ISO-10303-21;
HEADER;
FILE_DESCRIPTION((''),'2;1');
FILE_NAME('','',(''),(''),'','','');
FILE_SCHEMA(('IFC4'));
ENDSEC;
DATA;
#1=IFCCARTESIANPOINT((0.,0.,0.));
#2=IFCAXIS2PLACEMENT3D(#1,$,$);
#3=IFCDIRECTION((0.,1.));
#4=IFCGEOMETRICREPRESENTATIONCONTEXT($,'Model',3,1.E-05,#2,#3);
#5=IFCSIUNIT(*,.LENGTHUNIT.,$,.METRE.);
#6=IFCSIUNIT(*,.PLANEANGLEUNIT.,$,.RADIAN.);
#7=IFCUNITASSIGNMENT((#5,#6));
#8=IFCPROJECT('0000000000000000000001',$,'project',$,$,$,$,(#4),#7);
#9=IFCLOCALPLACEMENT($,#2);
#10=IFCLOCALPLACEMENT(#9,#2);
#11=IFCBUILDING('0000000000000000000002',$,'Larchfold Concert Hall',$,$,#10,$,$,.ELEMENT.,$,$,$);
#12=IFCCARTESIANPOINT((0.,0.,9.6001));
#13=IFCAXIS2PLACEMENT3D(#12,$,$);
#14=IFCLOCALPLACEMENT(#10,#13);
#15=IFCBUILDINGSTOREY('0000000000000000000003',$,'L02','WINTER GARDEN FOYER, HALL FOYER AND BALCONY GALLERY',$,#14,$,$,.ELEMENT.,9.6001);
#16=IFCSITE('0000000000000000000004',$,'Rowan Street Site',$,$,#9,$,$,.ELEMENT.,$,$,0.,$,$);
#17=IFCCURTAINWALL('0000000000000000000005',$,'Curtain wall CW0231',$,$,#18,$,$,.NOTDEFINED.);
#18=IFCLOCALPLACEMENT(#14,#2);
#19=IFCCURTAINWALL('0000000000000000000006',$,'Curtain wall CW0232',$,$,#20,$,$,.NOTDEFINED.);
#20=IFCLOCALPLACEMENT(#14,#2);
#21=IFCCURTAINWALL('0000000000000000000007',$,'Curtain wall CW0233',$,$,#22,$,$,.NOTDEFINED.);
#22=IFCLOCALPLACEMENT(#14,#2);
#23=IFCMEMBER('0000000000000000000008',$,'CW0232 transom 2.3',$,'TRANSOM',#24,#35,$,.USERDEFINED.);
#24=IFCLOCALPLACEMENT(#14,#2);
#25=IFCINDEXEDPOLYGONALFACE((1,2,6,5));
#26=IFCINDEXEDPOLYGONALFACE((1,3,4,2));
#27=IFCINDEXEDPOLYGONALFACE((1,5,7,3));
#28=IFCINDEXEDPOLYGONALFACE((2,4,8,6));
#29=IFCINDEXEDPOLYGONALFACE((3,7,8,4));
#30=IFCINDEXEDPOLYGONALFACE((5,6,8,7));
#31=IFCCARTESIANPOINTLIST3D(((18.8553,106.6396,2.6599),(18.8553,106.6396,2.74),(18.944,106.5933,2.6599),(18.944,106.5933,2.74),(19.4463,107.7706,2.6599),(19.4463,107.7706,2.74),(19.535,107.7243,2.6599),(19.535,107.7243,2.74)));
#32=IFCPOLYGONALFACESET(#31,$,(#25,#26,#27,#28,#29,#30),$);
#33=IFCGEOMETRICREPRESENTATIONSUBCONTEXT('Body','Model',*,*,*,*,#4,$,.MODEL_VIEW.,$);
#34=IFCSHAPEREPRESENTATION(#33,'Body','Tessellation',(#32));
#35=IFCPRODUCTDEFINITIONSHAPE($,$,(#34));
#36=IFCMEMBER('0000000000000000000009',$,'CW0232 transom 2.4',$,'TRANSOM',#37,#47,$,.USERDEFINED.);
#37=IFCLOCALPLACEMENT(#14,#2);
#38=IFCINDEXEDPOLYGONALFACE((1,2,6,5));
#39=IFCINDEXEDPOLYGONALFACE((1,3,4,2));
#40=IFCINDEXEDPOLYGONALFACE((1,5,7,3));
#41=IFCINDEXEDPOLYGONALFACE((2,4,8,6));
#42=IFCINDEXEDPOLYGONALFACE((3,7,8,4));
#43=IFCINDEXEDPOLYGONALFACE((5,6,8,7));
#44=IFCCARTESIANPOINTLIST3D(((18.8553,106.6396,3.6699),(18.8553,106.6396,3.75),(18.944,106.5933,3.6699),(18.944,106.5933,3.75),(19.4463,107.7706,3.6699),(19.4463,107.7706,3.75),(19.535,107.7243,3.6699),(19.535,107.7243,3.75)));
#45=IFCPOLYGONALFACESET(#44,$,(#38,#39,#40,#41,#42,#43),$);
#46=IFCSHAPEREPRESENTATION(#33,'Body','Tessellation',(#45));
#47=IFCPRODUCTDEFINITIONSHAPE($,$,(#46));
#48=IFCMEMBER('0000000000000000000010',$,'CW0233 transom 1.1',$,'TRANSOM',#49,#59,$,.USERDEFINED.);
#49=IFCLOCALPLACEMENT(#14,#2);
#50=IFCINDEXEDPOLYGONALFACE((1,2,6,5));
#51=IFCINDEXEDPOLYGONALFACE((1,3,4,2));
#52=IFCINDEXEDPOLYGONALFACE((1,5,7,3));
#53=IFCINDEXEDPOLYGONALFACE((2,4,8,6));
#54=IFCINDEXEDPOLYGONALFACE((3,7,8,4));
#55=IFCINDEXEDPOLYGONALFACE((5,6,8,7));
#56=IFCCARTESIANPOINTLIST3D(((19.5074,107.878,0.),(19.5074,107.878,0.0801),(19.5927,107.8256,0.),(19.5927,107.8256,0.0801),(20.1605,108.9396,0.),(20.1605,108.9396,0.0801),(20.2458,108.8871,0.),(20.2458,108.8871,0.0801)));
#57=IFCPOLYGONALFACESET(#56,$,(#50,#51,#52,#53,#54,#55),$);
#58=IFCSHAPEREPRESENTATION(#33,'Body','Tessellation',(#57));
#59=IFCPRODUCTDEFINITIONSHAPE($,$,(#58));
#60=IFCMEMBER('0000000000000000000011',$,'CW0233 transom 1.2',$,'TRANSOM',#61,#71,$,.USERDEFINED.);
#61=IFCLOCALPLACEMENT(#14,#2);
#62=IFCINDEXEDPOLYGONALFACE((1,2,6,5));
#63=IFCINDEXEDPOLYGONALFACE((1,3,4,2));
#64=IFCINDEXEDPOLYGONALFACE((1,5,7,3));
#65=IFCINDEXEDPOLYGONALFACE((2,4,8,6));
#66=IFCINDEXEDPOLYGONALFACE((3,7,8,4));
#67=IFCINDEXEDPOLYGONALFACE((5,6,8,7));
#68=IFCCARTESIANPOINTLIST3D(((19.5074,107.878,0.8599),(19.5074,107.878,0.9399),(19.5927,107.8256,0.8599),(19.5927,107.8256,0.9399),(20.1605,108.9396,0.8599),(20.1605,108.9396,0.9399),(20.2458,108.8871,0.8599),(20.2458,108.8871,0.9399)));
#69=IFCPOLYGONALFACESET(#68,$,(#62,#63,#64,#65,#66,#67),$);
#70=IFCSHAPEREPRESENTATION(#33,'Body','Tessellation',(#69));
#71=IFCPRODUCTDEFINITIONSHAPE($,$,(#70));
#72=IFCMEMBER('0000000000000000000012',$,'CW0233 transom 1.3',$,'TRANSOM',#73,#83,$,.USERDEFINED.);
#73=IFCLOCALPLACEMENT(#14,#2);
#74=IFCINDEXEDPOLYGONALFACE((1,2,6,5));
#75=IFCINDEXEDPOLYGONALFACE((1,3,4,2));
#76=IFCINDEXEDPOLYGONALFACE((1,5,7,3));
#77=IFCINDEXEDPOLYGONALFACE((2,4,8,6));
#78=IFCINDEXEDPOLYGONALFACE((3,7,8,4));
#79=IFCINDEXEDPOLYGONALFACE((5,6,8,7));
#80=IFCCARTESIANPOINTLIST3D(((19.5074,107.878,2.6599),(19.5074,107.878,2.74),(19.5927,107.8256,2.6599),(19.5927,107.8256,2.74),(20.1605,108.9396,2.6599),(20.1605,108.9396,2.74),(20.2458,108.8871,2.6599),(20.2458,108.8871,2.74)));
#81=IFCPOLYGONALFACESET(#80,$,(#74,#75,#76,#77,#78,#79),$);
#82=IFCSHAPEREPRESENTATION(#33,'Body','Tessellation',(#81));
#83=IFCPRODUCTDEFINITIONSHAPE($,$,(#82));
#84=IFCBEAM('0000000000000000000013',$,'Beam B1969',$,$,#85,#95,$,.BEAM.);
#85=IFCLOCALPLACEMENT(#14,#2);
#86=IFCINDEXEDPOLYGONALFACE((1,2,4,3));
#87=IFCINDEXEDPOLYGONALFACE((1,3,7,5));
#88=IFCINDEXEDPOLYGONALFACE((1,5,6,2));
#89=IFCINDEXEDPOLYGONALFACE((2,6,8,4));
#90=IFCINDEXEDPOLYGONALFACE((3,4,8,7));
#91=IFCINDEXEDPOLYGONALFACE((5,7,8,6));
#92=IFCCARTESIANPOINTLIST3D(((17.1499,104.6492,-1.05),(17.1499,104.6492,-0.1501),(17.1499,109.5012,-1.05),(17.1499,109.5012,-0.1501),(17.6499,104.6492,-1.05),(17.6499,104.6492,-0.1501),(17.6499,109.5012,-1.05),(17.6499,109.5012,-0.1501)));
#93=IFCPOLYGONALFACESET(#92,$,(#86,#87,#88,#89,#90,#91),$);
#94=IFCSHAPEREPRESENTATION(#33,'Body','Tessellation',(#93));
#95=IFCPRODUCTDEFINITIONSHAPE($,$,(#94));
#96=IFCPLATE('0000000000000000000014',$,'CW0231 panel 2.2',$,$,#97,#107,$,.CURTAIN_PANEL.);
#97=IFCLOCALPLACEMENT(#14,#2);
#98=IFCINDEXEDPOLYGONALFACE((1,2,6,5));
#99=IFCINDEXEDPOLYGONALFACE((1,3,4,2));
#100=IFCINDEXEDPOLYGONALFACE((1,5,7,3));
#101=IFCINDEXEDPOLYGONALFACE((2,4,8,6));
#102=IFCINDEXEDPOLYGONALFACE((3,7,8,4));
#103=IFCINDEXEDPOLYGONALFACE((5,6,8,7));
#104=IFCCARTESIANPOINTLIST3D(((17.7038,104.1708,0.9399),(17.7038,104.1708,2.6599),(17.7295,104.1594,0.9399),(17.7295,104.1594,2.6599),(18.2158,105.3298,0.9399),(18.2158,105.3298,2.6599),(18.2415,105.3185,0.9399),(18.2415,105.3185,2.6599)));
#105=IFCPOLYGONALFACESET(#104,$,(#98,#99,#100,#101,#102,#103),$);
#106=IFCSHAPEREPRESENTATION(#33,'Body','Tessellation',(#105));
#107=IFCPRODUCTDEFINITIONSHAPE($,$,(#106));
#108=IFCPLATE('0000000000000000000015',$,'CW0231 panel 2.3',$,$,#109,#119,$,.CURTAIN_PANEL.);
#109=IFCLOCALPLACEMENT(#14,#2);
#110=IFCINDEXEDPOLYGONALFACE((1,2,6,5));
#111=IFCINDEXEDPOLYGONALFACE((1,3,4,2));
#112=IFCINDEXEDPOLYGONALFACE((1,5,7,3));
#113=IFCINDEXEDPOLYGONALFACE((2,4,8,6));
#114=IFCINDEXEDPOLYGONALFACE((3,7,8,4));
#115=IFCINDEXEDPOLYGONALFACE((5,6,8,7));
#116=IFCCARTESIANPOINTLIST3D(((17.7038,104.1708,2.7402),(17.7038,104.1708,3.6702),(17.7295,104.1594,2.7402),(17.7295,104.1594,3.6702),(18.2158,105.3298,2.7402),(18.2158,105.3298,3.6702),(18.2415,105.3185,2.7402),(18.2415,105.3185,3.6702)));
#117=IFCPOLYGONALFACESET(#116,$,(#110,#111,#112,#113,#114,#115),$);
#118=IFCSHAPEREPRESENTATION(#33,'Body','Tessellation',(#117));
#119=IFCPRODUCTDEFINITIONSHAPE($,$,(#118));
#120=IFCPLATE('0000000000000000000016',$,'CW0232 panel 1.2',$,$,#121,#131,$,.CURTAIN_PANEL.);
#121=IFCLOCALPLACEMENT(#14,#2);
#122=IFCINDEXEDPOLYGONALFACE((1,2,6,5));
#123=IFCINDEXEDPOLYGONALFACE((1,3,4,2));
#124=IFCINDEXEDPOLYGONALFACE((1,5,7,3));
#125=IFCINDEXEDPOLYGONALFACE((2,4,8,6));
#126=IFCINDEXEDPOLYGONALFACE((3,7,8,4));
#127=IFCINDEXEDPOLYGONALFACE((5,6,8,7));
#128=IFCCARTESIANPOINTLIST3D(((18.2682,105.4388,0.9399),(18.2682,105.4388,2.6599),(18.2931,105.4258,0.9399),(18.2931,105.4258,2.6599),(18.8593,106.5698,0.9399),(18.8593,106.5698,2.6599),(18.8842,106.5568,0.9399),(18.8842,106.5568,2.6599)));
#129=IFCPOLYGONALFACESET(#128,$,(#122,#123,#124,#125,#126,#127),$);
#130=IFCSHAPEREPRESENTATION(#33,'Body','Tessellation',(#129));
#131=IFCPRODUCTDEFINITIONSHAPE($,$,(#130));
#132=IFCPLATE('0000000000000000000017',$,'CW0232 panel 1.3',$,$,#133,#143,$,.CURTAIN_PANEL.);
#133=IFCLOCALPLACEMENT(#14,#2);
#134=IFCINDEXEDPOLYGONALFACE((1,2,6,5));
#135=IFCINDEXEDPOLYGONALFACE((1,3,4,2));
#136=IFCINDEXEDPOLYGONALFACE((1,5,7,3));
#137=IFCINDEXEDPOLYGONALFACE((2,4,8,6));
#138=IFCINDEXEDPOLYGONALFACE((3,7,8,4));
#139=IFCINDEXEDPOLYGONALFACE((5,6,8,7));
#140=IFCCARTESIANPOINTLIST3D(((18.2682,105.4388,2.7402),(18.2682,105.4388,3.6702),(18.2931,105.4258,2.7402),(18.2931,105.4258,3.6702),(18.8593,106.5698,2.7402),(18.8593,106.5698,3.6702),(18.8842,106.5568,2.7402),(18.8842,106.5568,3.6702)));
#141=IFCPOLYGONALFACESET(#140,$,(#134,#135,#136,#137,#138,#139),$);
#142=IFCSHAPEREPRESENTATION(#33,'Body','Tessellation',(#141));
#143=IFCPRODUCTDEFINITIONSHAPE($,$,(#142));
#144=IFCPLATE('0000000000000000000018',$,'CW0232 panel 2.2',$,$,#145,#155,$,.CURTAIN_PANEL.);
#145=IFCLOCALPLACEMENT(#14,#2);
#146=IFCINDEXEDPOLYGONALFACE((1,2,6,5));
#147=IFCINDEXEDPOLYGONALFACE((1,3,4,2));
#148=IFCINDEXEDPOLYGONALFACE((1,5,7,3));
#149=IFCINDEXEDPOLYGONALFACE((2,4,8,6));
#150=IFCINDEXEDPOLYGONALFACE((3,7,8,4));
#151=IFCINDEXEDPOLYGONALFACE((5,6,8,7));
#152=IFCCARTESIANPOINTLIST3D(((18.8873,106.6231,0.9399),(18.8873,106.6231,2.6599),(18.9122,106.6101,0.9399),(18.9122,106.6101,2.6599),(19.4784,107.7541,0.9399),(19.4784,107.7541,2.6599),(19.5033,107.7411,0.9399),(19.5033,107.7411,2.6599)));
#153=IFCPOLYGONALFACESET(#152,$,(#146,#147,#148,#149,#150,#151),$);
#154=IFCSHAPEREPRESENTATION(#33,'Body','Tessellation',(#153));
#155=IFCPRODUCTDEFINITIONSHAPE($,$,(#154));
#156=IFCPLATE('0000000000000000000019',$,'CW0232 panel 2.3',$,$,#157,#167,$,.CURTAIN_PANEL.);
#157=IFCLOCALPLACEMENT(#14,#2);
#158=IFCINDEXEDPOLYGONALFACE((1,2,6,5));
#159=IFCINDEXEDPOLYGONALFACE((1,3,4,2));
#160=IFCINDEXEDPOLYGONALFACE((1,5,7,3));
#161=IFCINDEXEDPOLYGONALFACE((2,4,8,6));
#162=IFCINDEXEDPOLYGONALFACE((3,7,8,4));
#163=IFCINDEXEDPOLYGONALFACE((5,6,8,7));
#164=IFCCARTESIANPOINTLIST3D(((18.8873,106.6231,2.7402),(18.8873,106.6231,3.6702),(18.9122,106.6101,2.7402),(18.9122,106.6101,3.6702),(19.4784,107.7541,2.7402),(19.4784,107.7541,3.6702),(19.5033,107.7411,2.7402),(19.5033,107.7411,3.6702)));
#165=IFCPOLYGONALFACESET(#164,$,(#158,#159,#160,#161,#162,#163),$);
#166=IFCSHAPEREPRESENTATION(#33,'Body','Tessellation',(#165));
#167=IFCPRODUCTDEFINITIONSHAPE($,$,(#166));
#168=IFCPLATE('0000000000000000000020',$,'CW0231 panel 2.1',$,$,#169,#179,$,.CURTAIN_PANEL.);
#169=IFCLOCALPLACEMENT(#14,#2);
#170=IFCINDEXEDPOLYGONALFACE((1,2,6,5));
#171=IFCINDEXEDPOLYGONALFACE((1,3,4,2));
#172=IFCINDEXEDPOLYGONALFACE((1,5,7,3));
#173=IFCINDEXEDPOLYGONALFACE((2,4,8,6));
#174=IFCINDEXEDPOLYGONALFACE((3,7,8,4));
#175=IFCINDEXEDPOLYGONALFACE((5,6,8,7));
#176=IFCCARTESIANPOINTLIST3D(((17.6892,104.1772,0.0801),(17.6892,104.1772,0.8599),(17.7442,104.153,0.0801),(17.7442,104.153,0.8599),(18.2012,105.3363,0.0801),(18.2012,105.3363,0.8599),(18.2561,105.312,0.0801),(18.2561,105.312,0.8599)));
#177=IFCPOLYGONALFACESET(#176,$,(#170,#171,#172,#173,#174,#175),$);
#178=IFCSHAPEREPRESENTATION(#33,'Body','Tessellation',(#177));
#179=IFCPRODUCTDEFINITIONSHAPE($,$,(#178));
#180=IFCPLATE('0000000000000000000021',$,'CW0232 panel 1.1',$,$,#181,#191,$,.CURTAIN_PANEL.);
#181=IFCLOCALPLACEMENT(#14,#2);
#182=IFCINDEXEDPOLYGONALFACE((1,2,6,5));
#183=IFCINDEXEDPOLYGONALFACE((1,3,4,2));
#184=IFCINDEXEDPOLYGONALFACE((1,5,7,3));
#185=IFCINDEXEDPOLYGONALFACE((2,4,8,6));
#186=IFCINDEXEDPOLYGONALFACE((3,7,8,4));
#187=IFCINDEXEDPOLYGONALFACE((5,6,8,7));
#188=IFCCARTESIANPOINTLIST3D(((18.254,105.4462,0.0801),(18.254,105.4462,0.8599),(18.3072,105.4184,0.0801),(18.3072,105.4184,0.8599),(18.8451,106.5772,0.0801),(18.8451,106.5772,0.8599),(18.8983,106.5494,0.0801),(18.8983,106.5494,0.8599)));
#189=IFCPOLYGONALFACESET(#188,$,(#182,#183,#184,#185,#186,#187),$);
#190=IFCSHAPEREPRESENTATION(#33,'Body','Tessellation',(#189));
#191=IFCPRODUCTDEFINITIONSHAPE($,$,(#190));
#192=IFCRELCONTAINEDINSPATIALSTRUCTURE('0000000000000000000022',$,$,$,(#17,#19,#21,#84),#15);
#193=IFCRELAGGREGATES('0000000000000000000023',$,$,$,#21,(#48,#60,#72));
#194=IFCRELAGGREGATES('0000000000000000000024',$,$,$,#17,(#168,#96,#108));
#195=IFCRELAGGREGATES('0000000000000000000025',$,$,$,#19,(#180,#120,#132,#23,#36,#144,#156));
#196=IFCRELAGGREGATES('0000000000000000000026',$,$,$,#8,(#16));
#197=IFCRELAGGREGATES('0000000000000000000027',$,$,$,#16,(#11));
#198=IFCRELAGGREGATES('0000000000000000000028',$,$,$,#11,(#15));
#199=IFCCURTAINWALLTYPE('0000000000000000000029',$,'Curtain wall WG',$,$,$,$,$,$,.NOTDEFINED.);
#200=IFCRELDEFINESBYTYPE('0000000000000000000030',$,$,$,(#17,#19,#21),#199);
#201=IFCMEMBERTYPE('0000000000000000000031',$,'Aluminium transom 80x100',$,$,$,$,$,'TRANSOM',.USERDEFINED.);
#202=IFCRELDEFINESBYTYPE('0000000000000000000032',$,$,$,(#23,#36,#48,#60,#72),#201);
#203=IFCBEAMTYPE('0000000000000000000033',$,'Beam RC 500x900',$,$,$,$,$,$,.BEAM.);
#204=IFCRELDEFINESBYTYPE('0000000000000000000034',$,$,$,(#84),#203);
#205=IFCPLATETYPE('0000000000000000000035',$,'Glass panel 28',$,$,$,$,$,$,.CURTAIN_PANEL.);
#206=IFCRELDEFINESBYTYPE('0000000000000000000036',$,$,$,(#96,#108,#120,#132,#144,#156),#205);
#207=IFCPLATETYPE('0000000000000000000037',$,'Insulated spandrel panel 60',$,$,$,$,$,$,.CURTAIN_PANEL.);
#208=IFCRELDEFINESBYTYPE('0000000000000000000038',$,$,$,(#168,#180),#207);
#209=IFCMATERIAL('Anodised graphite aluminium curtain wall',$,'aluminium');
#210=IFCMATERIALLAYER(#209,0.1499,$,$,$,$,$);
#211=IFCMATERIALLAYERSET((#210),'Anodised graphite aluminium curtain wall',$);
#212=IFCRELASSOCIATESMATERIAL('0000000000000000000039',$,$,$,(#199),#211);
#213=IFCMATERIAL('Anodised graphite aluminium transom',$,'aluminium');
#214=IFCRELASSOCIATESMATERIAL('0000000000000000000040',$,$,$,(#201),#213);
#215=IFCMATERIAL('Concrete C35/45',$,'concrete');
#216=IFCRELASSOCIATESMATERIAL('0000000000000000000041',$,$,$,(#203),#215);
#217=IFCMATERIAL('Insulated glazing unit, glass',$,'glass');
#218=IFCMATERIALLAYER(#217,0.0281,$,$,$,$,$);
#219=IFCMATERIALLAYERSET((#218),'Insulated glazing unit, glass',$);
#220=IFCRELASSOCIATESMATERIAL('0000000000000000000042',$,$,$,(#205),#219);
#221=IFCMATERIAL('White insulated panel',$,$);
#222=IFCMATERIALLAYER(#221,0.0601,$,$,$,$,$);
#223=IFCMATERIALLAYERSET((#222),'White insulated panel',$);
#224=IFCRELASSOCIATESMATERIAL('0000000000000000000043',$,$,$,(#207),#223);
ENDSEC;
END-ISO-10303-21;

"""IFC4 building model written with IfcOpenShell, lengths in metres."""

from ifc_helpers import new_model, si_unit, direction, frame, origin, origin_2d, place, context, subcontext, project, spatial, rectangle, extrude, material, layer, layer_set, material_profile, profile_set, type_object, element, aggregate, save


model = new_model("IFC4")

# Units and contexts
model_context = context("Model", 3, precision=1e-05, world=origin(), true_north=direction((0.0, 1.0)))
body_context = subcontext(model_context, "Body", "Model", "MODEL_VIEW")
ifc_project = project(units=[si_unit("LENGTHUNIT", "METRE"), si_unit("PLANEANGLEUNIT", "RADIAN")], contexts=[model_context])

# Site, building, storey
site_placement = place(None, origin())
site = spatial("IfcSite", under=ifc_project, at=site_placement, Name="Rowan Street Site", CompositionType="ELEMENT", RefElevation=0.0)
building_placement = place(site_placement, origin())
building = spatial("IfcBuilding", under=site, at=building_placement, Name="Larchfold Concert Hall", CompositionType="ELEMENT")
storey_placement = place(building_placement, frame((0.0, 0.0, 9.6001)))
storey = spatial("IfcBuildingStorey", under=building, at=storey_placement, Name="L02", Description="WINTER GARDEN FOYER, HALL FOYER AND BALCONY GALLERY", CompositionType="ELEMENT", Elevation=9.6001)

# Curtain wall
ifc_material_1 = material(Name="Anodised graphite aluminium curtain wall", Category="aluminium")
ifc_layer_1 = layer(ifc_material_1, 0.1499)
ifc_layer_set_1 = layer_set([ifc_layer_1], Name="Anodised graphite aluminium curtain wall")
curtain_wall_type = type_object("IfcCurtainWallType", Name="Curtain wall WG", PredefinedType="NOTDEFINED", material=ifc_layer_set_1)
curtain_wall_1_placement = place(storey_placement, origin())
curtain_wall_1 = element("IfcCurtainWall", 1, at=curtain_wall_1_placement, inside=storey, type_object=curtain_wall_type, Name="Curtain wall CW0231", PredefinedType="NOTDEFINED")

# Curtain wall
curtain_wall_2_placement = place(storey_placement, origin())
curtain_wall_2 = element("IfcCurtainWall", 2, at=curtain_wall_2_placement, inside=storey, type_object=curtain_wall_type, Name="Curtain wall CW0232", PredefinedType="NOTDEFINED")

# Curtain wall
curtain_wall_3_placement = place(storey_placement, origin())
curtain_wall_3 = element("IfcCurtainWall", 3, at=curtain_wall_3_placement, inside=storey, type_object=curtain_wall_type, Name="Curtain wall CW0233", PredefinedType="NOTDEFINED")

# Members
ifc_material_2 = material(Name="Anodised graphite aluminium transom", Category="aluminium")
ifc_material_profile_1 = material_profile(ifc_material_2, rectangle(XDim=0.1001, YDim=0.0801, at=origin_2d()))
ifc_profile_set_1 = profile_set([ifc_material_profile_1], Name="Anodised graphite aluminium transom")
member_type_1 = type_object("IfcMemberType", Name="Aluminium transom 80x100", ElementType="TRANSOM", PredefinedType="USERDEFINED", material=ifc_profile_set_1)
member_1_placement = place(storey_placement, frame((18.8997, 106.6165, 2.7), z_axis=(0.463135, 0.886288, 0.0), x_axis=(-0.886288, 0.463135, 0.0)))
member_1 = element("IfcMember", 4, at=member_1_placement, type_object=member_type_1, Name="CW0232 transom 2.3", ObjectType="TRANSOM", PredefinedType="USERDEFINED", context=body_context, shape_type="SweptSolid", body=[
    extrude(rectangle(XDim=0.1001, YDim=0.0801, at=origin_2d()), origin(), (0.0, 0.0, 1.0), 1.2761),
])
member_2_placement = place(storey_placement, frame((18.8997, 106.6165, 3.71), z_axis=(0.463135, 0.886288, 0.0), x_axis=(-0.886288, 0.463135, 0.0)))
member_2 = element("IfcMember", 5, at=member_2_placement, type_object=member_type_1, Name="CW0232 transom 2.4", ObjectType="TRANSOM", PredefinedType="USERDEFINED", context=body_context, shape_type="SweptSolid", body=[
    extrude(rectangle(XDim=0.1001, YDim=0.0801, at=origin_2d()), origin(), (0.0, 0.0, 1.0), 1.2761),
])
member_3_placement = place(storey_placement, frame((19.55, 107.8518, 0.04), z_axis=(0.523999, 0.851719, 0.0), x_axis=(-0.851719, 0.523999, 0.0)))
member_3 = element("IfcMember", 6, at=member_3_placement, type_object=member_type_1, Name="CW0233 transom 1.1", ObjectType="TRANSOM", PredefinedType="USERDEFINED", context=body_context, shape_type="SweptSolid", body=[
    extrude(rectangle(XDim=0.1001, YDim=0.0801, at=origin_2d()), origin(), (0.0, 0.0, 1.0), 1.2463),
])
member_4_placement = place(storey_placement, frame((19.55, 107.8518, 0.8999), z_axis=(0.523999, 0.851719, 0.0), x_axis=(-0.851719, 0.523999, 0.0)))
member_4 = element("IfcMember", 7, at=member_4_placement, type_object=member_type_1, Name="CW0233 transom 1.2", ObjectType="TRANSOM", PredefinedType="USERDEFINED", context=body_context, shape_type="SweptSolid", body=[
    extrude(rectangle(XDim=0.1001, YDim=0.0801, at=origin_2d()), origin(), (0.0, 0.0, 1.0), 1.2463),
])
member_5_placement = place(storey_placement, frame((19.55, 107.8518, 2.7), z_axis=(0.523999, 0.851719, 0.0), x_axis=(-0.851719, 0.523999, 0.0)))
member_5 = element("IfcMember", 8, at=member_5_placement, type_object=member_type_1, Name="CW0233 transom 1.3", ObjectType="TRANSOM", PredefinedType="USERDEFINED", context=body_context, shape_type="SweptSolid", body=[
    extrude(rectangle(XDim=0.1001, YDim=0.0801, at=origin_2d()), origin(), (0.0, 0.0, 1.0), 1.2463),
])
aggregate(curtain_wall_3, [member_3, member_4, member_5])

# Beam
ifc_material_3 = material(Name="Concrete C35/45", Category="concrete")
ifc_material_profile_2 = material_profile(ifc_material_3, rectangle(XDim=0.5, YDim=0.8999, at=origin_2d()))
ifc_profile_set_2 = profile_set([ifc_material_profile_2], Name="Concrete C35/45")
beam_type = type_object("IfcBeamType", Name="Beam RC 500x900", PredefinedType="BEAM", material=ifc_profile_set_2)
beam_placement = place(storey_placement, frame((17.3999, 104.6492, -0.6001), z_axis=(0.0, 1.0, 0.0), x_axis=(-1.0, 0.0, 0.0)))
element("IfcBeam", 9, at=beam_placement, inside=storey, type_object=beam_type, Name="Beam B1969", PredefinedType="BEAM", context=body_context, shape_type="SweptSolid", body=[
    extrude(rectangle(XDim=0.5, YDim=0.8999, at=origin_2d()), origin(), (0.0, 0.0, 1.0), 4.8521),
])

# Plates
ifc_material_4 = material(Name="Insulated glazing unit, glass", Category="glass")
ifc_layer_2 = layer(ifc_material_4, 0.0281)
ifc_layer_set_2 = layer_set([ifc_layer_2], Name="Insulated glazing unit, glass")
plate_type_1 = type_object("IfcPlateType", Name="Glass panel 28", PredefinedType="CURTAIN_PANEL", material=ifc_layer_set_2)
plate_1_placement = place(storey_placement, frame((17.9727, 104.7446, 0.9399), z_axis=(0.0, 0.0, 1.0), x_axis=(0.404034, 0.914744, 0.0)))
plate_1 = element("IfcPlate", 10, at=plate_1_placement, type_object=plate_type_1, Name="CW0231 panel 2.2", PredefinedType="CURTAIN_PANEL", context=body_context, shape_type="SweptSolid", body=[
    extrude(rectangle(XDim=1.2671, YDim=0.0281, at=origin_2d()), origin(), (0.0, 0.0, 1.0), 1.72),
])
plate_2_placement = place(storey_placement, frame((17.9727, 104.7446, 2.7402), z_axis=(0.0, 0.0, 1.0), x_axis=(0.404034, 0.914744, 0.0)))
plate_2 = element("IfcPlate", 11, at=plate_2_placement, type_object=plate_type_1, Name="CW0231 panel 2.3", PredefinedType="CURTAIN_PANEL", context=body_context, shape_type="SweptSolid", body=[
    extrude(rectangle(XDim=1.2671, YDim=0.0281, at=origin_2d()), origin(), (0.0, 0.0, 1.0), 0.9299),
])
plate_3_placement = place(storey_placement, frame((18.5762, 105.9978, 0.9399), z_axis=(0.0, 0.0, 1.0), x_axis=(0.463189, 0.88626, 0.0)))
plate_3 = element("IfcPlate", 12, at=plate_3_placement, type_object=plate_type_1, Name="CW0232 panel 1.2", PredefinedType="CURTAIN_PANEL", context=body_context, shape_type="SweptSolid", body=[
    extrude(rectangle(XDim=1.2761, YDim=0.0281, at=origin_2d()), origin(), (0.0, 0.0, 1.0), 1.72),
])
plate_4_placement = place(storey_placement, frame((18.5762, 105.9978, 2.7402), z_axis=(0.0, 0.0, 1.0), x_axis=(0.463189, 0.88626, 0.0)))
plate_4 = element("IfcPlate", 13, at=plate_4_placement, type_object=plate_type_1, Name="CW0232 panel 1.3", PredefinedType="CURTAIN_PANEL", context=body_context, shape_type="SweptSolid", body=[
    extrude(rectangle(XDim=1.2761, YDim=0.0281, at=origin_2d()), origin(), (0.0, 0.0, 1.0), 0.9299),
])
plate_5_placement = place(storey_placement, frame((19.1953, 107.1821, 0.9399), z_axis=(0.0, 0.0, 1.0), x_axis=(0.463189, 0.88626, 0.0)))
plate_5 = element("IfcPlate", 14, at=plate_5_placement, type_object=plate_type_1, Name="CW0232 panel 2.2", PredefinedType="CURTAIN_PANEL", context=body_context, shape_type="SweptSolid", body=[
    extrude(rectangle(XDim=1.2761, YDim=0.0281, at=origin_2d()), origin(), (0.0, 0.0, 1.0), 1.72),
])
plate_6_placement = place(storey_placement, frame((19.1953, 107.1821, 2.7402), z_axis=(0.0, 0.0, 1.0), x_axis=(0.463189, 0.88626, 0.0)))
plate_6 = element("IfcPlate", 15, at=plate_6_placement, type_object=plate_type_1, Name="CW0232 panel 2.3", PredefinedType="CURTAIN_PANEL", context=body_context, shape_type="SweptSolid", body=[
    extrude(rectangle(XDim=1.2761, YDim=0.0281, at=origin_2d()), origin(), (0.0, 0.0, 1.0), 0.9299),
])
ifc_material_5 = material(Name="White insulated panel")
ifc_layer_3 = layer(ifc_material_5, 0.0601)
ifc_layer_set_3 = layer_set([ifc_layer_3], Name="White insulated panel")
plate_type_2 = type_object("IfcPlateType", Name="Insulated spandrel panel 60", PredefinedType="CURTAIN_PANEL", material=ifc_layer_set_3)
plate_7_placement = place(storey_placement, frame((17.9727, 104.7446, 0.0801), z_axis=(0.0, 0.0, 1.0), x_axis=(0.404034, 0.914744, 0.0)))
plate_7 = element("IfcPlate", 16, at=plate_7_placement, type_object=plate_type_2, Name="CW0231 panel 2.1", PredefinedType="CURTAIN_PANEL", context=body_context, shape_type="SweptSolid", body=[
    extrude(rectangle(XDim=1.2671, YDim=0.0601, at=origin_2d()), origin(), (0.0, 0.0, 1.0), 0.7798),
])
aggregate(curtain_wall_1, [plate_7, plate_1, plate_2])
plate_8_placement = place(storey_placement, frame((18.5762, 105.9978, 0.0801), z_axis=(0.0, 0.0, 1.0), x_axis=(0.463189, 0.88626, 0.0)))
plate_8 = element("IfcPlate", 17, at=plate_8_placement, type_object=plate_type_2, Name="CW0232 panel 1.1", PredefinedType="CURTAIN_PANEL", context=body_context, shape_type="SweptSolid", body=[
    extrude(rectangle(XDim=1.2761, YDim=0.0601, at=origin_2d()), origin(), (0.0, 0.0, 1.0), 0.7798),
])
aggregate(curtain_wall_2, [plate_8, plate_3, plate_4, member_1, member_2, plate_5, plate_6])

save(model, "model.ifc")
